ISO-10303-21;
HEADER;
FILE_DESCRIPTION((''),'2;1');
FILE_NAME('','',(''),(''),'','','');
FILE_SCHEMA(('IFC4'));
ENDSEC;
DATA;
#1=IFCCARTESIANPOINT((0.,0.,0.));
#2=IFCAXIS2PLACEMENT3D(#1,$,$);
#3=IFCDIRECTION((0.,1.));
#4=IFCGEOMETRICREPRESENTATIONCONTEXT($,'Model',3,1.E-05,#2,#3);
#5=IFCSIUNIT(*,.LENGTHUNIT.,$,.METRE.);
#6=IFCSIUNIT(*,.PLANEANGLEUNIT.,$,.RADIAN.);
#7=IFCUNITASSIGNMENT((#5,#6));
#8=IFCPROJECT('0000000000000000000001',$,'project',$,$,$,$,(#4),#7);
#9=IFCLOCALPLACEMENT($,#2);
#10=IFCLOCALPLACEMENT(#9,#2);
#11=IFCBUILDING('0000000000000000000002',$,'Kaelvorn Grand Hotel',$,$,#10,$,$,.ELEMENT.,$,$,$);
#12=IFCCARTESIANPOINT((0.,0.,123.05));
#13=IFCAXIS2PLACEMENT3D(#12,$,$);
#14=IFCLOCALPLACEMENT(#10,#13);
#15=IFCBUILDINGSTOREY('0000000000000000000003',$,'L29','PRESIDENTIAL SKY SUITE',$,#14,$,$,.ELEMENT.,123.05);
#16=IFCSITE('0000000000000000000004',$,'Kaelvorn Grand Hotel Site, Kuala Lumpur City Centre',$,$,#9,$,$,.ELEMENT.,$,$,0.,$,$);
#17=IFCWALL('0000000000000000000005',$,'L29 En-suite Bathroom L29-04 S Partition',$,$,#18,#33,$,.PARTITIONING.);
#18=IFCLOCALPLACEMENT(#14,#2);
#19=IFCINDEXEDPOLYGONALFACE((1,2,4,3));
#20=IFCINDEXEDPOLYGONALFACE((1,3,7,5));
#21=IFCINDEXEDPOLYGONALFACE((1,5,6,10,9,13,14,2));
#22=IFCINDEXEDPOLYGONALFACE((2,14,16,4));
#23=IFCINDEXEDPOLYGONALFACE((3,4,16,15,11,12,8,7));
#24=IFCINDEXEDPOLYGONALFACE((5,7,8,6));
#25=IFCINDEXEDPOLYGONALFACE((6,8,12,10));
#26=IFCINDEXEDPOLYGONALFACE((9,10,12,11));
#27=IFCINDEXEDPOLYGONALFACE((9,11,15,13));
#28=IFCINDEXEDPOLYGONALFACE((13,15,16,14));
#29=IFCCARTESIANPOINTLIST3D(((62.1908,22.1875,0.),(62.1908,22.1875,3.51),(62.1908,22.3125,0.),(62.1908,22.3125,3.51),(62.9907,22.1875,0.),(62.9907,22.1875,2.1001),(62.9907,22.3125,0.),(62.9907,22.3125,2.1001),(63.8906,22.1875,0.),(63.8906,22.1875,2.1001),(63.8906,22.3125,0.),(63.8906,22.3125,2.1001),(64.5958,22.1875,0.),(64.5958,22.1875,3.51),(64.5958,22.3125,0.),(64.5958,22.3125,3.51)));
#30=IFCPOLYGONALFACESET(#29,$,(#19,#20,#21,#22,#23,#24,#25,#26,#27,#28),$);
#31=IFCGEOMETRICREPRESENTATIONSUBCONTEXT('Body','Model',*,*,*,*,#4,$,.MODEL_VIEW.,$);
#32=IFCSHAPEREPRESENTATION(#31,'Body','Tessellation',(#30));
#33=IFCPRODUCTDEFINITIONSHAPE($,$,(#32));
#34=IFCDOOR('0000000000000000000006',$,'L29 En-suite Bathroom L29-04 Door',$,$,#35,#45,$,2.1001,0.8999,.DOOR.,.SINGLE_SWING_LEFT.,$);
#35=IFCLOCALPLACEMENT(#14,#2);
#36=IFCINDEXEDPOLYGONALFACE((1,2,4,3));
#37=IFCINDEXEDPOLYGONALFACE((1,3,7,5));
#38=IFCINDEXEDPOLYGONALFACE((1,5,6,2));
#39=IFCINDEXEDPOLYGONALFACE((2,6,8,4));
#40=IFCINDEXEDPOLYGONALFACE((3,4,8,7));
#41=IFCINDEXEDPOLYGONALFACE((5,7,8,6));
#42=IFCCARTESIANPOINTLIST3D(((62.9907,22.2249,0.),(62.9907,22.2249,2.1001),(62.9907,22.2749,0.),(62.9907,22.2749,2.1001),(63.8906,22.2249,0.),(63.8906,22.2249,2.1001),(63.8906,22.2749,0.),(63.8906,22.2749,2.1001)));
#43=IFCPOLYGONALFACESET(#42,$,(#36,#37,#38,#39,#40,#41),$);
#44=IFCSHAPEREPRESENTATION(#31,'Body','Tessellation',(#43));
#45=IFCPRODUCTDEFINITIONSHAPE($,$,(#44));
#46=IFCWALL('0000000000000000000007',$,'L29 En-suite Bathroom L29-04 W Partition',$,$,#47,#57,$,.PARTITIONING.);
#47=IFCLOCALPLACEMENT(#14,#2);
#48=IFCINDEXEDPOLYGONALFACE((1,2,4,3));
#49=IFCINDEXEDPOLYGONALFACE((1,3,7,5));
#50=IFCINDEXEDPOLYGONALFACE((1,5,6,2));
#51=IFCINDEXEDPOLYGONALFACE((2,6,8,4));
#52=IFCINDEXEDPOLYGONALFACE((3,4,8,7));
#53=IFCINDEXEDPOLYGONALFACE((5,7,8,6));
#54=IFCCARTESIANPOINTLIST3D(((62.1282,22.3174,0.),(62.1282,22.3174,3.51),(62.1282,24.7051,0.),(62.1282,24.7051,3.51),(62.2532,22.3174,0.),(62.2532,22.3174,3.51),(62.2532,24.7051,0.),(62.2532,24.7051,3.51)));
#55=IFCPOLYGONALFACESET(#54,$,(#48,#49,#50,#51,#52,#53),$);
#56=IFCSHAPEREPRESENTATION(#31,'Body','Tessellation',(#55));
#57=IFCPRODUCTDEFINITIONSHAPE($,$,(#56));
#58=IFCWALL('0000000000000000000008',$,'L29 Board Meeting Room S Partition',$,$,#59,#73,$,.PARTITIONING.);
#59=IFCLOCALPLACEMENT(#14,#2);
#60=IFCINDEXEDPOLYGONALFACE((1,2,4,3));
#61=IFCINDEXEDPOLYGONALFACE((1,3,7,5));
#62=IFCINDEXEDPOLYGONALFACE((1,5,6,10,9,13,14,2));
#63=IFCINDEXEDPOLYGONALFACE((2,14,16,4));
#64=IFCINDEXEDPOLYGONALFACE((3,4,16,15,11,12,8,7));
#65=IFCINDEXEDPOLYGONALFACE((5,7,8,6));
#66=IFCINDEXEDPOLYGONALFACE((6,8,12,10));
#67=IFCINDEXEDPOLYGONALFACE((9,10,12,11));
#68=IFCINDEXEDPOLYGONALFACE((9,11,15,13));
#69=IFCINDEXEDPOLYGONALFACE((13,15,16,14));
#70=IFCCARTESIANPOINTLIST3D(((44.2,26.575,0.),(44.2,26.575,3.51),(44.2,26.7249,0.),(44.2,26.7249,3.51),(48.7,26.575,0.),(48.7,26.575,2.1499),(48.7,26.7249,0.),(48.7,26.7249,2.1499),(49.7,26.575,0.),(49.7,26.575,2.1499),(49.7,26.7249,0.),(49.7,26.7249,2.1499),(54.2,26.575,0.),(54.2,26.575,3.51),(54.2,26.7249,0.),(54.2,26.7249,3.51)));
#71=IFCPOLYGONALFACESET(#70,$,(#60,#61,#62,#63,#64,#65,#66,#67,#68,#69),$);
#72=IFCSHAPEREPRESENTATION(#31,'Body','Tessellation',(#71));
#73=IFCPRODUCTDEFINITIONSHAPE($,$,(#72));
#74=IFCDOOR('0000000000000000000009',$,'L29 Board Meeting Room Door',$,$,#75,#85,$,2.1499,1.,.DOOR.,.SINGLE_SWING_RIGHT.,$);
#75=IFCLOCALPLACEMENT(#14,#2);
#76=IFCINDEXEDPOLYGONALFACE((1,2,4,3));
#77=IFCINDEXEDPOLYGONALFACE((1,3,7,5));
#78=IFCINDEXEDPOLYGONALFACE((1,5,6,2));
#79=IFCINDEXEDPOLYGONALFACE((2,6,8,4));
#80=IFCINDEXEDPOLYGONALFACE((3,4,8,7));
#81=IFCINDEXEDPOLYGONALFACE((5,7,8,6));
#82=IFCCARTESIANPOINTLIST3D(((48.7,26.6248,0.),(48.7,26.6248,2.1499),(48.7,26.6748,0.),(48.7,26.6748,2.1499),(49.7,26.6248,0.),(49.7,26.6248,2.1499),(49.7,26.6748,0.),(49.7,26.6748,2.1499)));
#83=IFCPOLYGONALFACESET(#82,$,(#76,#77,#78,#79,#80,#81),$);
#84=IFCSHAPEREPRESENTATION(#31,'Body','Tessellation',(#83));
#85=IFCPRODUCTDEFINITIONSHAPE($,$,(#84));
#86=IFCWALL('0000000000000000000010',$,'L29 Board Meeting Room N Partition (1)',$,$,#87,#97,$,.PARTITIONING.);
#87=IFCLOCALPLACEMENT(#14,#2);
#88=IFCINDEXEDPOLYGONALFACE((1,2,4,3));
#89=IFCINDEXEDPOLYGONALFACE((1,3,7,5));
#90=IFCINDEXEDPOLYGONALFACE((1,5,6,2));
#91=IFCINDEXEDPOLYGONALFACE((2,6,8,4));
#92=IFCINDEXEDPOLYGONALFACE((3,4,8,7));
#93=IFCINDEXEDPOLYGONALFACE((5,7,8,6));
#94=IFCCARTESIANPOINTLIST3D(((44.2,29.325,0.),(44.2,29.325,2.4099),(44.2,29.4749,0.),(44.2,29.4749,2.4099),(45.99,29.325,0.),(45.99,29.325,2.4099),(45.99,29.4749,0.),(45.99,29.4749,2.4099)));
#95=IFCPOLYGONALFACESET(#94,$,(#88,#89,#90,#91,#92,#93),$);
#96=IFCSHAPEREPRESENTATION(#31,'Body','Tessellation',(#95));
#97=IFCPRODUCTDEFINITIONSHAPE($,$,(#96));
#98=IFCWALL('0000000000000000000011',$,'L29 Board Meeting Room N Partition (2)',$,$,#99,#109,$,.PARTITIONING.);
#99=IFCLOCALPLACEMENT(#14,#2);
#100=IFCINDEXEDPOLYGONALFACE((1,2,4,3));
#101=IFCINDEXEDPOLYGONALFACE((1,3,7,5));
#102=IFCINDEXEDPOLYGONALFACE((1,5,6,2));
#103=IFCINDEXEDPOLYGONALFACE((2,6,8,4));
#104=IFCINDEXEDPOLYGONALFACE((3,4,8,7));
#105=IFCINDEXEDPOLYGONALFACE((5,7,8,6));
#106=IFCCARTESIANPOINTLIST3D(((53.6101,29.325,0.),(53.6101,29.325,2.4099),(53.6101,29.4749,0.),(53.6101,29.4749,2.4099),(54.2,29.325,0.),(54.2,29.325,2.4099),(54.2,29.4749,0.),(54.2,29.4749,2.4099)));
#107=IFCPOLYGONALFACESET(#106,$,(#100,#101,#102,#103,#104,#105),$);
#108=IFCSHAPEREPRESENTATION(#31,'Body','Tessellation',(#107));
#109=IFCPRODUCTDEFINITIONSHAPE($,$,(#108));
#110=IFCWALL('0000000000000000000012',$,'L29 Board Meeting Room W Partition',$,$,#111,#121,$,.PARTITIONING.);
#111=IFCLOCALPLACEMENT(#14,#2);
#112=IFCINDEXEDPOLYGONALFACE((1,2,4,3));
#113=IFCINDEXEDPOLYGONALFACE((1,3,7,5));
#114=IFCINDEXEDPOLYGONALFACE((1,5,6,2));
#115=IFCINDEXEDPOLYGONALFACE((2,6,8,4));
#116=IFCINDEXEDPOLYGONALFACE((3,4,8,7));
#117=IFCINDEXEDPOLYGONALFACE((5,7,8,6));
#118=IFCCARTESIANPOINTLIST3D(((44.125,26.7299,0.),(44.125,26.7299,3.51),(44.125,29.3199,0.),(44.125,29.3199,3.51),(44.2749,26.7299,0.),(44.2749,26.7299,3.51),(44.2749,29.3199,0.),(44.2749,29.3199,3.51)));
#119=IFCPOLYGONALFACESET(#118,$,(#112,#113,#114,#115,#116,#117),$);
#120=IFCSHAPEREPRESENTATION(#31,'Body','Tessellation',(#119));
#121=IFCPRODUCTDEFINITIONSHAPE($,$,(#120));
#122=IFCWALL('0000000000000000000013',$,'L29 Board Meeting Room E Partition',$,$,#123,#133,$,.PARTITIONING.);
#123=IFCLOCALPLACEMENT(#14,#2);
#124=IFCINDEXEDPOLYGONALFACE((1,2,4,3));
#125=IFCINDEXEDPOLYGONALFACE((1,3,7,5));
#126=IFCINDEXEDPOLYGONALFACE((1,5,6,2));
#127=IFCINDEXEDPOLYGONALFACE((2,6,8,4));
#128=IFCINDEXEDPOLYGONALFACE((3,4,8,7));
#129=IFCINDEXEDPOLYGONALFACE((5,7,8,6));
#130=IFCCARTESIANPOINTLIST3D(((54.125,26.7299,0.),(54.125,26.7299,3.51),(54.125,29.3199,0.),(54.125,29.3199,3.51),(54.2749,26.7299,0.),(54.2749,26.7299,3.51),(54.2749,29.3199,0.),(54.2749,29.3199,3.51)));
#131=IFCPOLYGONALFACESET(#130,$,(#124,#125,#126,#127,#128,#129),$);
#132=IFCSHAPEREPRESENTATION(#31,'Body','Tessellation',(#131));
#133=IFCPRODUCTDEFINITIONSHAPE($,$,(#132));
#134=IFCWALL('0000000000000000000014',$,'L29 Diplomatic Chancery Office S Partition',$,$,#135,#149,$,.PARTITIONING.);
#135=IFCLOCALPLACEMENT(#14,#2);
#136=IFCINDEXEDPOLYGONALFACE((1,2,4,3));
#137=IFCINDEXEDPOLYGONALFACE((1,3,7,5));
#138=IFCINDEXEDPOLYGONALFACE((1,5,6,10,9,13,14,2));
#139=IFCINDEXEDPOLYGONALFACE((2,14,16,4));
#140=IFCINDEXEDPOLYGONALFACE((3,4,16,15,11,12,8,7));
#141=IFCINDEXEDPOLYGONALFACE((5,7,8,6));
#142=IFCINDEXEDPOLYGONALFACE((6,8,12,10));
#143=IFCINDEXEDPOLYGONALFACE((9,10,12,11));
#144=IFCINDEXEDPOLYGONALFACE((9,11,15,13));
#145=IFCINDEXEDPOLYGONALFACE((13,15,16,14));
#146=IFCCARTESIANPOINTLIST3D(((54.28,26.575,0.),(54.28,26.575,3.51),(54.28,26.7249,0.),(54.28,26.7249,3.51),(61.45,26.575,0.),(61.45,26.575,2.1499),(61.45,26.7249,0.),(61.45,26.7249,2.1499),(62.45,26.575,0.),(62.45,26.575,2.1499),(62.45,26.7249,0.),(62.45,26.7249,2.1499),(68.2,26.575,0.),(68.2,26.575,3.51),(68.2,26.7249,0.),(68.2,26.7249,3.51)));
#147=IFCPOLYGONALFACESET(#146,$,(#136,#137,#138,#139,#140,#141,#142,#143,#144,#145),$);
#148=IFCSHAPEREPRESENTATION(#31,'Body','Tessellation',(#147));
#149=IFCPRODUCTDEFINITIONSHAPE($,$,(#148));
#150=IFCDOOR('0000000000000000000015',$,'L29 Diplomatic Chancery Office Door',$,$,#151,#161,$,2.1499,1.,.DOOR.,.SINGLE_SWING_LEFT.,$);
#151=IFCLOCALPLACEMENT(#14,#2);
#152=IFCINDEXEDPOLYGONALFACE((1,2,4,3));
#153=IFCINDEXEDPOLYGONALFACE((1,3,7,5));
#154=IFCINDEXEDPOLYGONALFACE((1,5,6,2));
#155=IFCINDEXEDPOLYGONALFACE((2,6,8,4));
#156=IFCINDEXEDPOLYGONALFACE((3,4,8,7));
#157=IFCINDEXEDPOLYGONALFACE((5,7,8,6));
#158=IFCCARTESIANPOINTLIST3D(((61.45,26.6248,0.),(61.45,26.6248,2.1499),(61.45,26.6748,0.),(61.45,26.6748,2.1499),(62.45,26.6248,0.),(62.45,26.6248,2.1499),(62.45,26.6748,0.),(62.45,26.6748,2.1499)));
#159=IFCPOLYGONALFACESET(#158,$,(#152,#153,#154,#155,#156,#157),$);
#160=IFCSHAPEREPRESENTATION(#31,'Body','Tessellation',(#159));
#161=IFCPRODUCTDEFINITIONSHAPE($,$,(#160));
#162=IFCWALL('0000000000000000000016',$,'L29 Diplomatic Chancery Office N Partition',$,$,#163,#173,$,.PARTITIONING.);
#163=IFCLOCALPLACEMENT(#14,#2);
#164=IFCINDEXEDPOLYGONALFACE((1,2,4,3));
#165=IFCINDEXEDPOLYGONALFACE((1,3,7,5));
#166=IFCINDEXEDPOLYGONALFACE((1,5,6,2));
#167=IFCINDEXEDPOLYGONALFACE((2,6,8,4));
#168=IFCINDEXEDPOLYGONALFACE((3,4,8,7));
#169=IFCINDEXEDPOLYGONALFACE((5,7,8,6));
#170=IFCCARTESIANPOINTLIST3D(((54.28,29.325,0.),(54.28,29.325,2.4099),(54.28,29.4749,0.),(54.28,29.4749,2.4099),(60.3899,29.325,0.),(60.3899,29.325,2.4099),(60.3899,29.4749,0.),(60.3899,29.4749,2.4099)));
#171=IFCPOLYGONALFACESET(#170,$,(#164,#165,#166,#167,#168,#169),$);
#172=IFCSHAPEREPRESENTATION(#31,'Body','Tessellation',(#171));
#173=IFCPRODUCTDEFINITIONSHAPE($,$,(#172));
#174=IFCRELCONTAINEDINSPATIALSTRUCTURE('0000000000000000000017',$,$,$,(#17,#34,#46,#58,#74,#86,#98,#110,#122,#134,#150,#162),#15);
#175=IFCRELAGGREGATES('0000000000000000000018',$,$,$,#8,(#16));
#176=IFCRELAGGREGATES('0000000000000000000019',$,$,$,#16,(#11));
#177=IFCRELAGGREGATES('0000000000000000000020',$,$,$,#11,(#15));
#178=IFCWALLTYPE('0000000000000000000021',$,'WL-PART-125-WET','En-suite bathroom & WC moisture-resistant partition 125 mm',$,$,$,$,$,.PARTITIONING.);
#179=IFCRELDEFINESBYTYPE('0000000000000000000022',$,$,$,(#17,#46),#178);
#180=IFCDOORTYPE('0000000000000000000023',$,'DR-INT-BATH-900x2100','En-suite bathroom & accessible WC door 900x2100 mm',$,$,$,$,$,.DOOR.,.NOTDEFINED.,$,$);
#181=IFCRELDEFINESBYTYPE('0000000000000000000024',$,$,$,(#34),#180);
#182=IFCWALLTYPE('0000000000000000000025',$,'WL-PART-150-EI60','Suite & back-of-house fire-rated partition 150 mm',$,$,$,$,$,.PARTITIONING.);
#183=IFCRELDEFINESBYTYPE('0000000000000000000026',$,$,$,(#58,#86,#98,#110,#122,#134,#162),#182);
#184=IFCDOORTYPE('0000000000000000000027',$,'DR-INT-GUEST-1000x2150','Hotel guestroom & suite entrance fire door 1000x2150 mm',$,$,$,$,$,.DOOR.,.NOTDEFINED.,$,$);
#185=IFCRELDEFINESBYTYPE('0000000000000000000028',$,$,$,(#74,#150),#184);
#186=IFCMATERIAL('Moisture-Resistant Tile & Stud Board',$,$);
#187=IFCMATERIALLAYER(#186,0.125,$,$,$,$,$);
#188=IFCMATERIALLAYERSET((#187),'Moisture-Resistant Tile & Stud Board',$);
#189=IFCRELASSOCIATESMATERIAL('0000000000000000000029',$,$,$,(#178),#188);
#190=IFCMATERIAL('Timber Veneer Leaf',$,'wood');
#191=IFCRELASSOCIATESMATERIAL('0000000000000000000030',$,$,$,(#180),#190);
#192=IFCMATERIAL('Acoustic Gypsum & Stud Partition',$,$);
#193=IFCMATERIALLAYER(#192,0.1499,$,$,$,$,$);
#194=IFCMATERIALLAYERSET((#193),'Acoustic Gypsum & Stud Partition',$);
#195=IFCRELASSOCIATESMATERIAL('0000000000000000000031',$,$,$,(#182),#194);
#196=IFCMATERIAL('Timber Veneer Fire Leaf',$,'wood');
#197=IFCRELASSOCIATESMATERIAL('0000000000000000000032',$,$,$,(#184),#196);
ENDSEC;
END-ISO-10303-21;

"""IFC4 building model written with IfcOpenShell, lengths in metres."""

from ifc_helpers import new_model, si_unit, direction, frame, frame_2d, origin, place, context, subcontext, project, spatial, rectangle, extrude, material, layer, layer_set, type_object, element, fill, save


model = new_model("IFC4")

# Units and contexts
model_context = context("Model", 3, precision=1e-05, world=origin(), true_north=direction((0.0, 1.0)))
body_context = subcontext(model_context, "Body", "Model", "MODEL_VIEW")
ifc_project = project(units=[si_unit("LENGTHUNIT", "METRE"), si_unit("PLANEANGLEUNIT", "RADIAN")], contexts=[model_context])

# Site, building, storey
site_placement = place(None, origin())
site = spatial("IfcSite", under=ifc_project, at=site_placement, Name="Kaelvorn Grand Hotel Site, Kuala Lumpur City Centre", CompositionType="ELEMENT", RefElevation=0.0)
building_placement = place(site_placement, origin())
building = spatial("IfcBuilding", under=site, at=building_placement, Name="Kaelvorn Grand Hotel", CompositionType="ELEMENT")
storey_placement = place(building_placement, frame((0.0, 0.0, 123.05)))
storey = spatial("IfcBuildingStorey", under=building, at=storey_placement, Name="L29", Description="PRESIDENTIAL SKY SUITE", CompositionType="ELEMENT", Elevation=123.05)

# Shared definitions
ifc_material_1 = material(Name="Moisture-Resistant Tile & Stud Board")
ifc_layer_1 = layer(ifc_material_1, 0.125)
ifc_layer_set_1 = layer_set([ifc_layer_1], Name="Moisture-Resistant Tile & Stud Board")
wall_type_1 = type_object("IfcWallType", Name="WL-PART-125-WET", Description="En-suite bathroom & WC moisture-resistant partition 125 mm", PredefinedType="PARTITIONING", material=ifc_layer_set_1)
ifc_material_2 = material(Name="Timber Veneer Leaf", Category="wood")
door_type_1 = type_object("IfcDoorType", Name="DR-INT-BATH-900x2100", Description="En-suite bathroom & accessible WC door 900x2100 mm", OperationType="NOTDEFINED", PredefinedType="DOOR", material=ifc_material_2)

# Wall, opening, door
wall_1_placement = place(storey_placement, frame((62.1907, 22.25, 0.0), z_axis=(0.0, 0.0, 1.0), x_axis=(1.0, 0.0, 0.0)))
wall_1 = element("IfcWall", 1, at=wall_1_placement, inside=storey, type_object=wall_type_1, Name="L29 En-suite Bathroom L29-04 S Partition", PredefinedType="PARTITIONING", context=body_context, shape_type="SweptSolid", body=[
    extrude(rectangle(XDim=2.405, YDim=0.125, at=frame_2d((1.2026, 0.0))), origin(), (0.0, 0.0, 1.0), 3.51),
])
opening_1_placement = place(wall_1_placement, frame((0.8, 0.0, 0.0)))
opening_1 = element("IfcOpeningElement", 2, at=opening_1_placement, cuts=wall_1, PredefinedType="OPENING", context=body_context, shape_type="SweptSolid", body=[
    extrude(rectangle(XDim=0.8999, YDim=2.1001, at=frame_2d((0.45, 1.05))), frame((0.0, 0.0725, 0.0), z_axis=(0.0, -1.0, 0.0), x_axis=(1.0, 0.0, 0.0)), (0.0, 0.0, 1.0), 0.145),
])
door_1_placement = place(opening_1_placement, origin())
door_1 = element("IfcDoor", 3, at=door_1_placement, inside=storey, type_object=door_type_1, Name="L29 En-suite Bathroom L29-04 Door", OperationType="SINGLE_SWING_LEFT", OverallHeight=2.1001, OverallWidth=0.8999, PredefinedType="DOOR", context=body_context, shape_type="SweptSolid", body=[
    extrude(rectangle(XDim=0.8999, YDim=2.1001, at=frame_2d((0.45, 1.05))), frame((0.0, 0.0249, 0.0), z_axis=(0.0, -1.0, 0.0), x_axis=(1.0, 0.0, 0.0)), (0.0, 0.0, 1.0), 0.05),
])
fill(opening_1, door_1)

# Wall
wall_2_placement = place(storey_placement, frame((62.1907, 22.3174, 0.0), z_axis=(0.0, 0.0, 1.0), x_axis=(0.0, 1.0, 0.0)))
element("IfcWall", 4, at=wall_2_placement, inside=storey, type_object=wall_type_1, Name="L29 En-suite Bathroom L29-04 W Partition", PredefinedType="PARTITIONING", context=body_context, shape_type="SweptSolid", body=[
    extrude(rectangle(XDim=2.3877, YDim=0.125, at=frame_2d((1.1938, 0.0))), origin(), (0.0, 0.0, 1.0), 3.51),
])

# Wall, opening, door
ifc_material_3 = material(Name="Acoustic Gypsum & Stud Partition")
ifc_layer_2 = layer(ifc_material_3, 0.1499)
ifc_layer_set_2 = layer_set([ifc_layer_2], Name="Acoustic Gypsum & Stud Partition")
wall_type_2 = type_object("IfcWallType", Name="WL-PART-150-EI60", Description="Suite & back-of-house fire-rated partition 150 mm", PredefinedType="PARTITIONING", material=ifc_layer_set_2)
wall_3_placement = place(storey_placement, frame((44.2, 26.6499, 0.0), z_axis=(0.0, 0.0, 1.0), x_axis=(1.0, 0.0, 0.0)))
wall_3 = element("IfcWall", 5, at=wall_3_placement, inside=storey, type_object=wall_type_2, Name="L29 Board Meeting Room S Partition", PredefinedType="PARTITIONING", context=body_context, shape_type="SweptSolid", body=[
    extrude(rectangle(XDim=10.0, YDim=0.1499, at=frame_2d((5.0, 0.0))), origin(), (0.0, 0.0, 1.0), 3.51),
])
opening_2_placement = place(wall_3_placement, frame((4.5, 0.0, 0.0)))
opening_2 = element("IfcOpeningElement", 6, at=opening_2_placement, cuts=wall_3, PredefinedType="OPENING", context=body_context, shape_type="SweptSolid", body=[
    extrude(rectangle(XDim=1.0, YDim=2.1499, at=frame_2d((0.5, 1.075))), frame((0.0, 0.085, 0.0), z_axis=(0.0, -1.0, 0.0), x_axis=(1.0, 0.0, 0.0)), (0.0, 0.0, 1.0), 0.1699),
])
ifc_material_4 = material(Name="Timber Veneer Fire Leaf", Category="wood")
door_type_2 = type_object("IfcDoorType", Name="DR-INT-GUEST-1000x2150", Description="Hotel guestroom & suite entrance fire door 1000x2150 mm", OperationType="NOTDEFINED", PredefinedType="DOOR", material=ifc_material_4)
door_2_placement = place(opening_2_placement, origin())
door_2 = element("IfcDoor", 7, at=door_2_placement, inside=storey, type_object=door_type_2, Name="L29 Board Meeting Room Door", OperationType="SINGLE_SWING_RIGHT", OverallHeight=2.1499, OverallWidth=1.0, PredefinedType="DOOR", context=body_context, shape_type="SweptSolid", body=[
    extrude(rectangle(XDim=1.0, YDim=2.1499, at=frame_2d((0.5, 1.075))), frame((0.0, 0.0249, 0.0), z_axis=(0.0, -1.0, 0.0), x_axis=(1.0, 0.0, 0.0)), (0.0, 0.0, 1.0), 0.05),
])
fill(opening_2, door_2)

# Walls
wall_4_placement = place(storey_placement, frame((44.2, 29.3999, 0.0), z_axis=(0.0, 0.0, 1.0), x_axis=(1.0, 0.0, 0.0)))
element("IfcWall", 8, at=wall_4_placement, inside=storey, type_object=wall_type_2, Name="L29 Board Meeting Room N Partition (1)", PredefinedType="PARTITIONING", context=body_context, shape_type="SweptSolid", body=[
    extrude(rectangle(XDim=1.79, YDim=0.1499, at=frame_2d((0.895, 0.0))), origin(), (0.0, 0.0, 1.0), 2.4099),
])
wall_5_placement = place(storey_placement, frame((53.6101, 29.3999, 0.0), z_axis=(0.0, 0.0, 1.0), x_axis=(1.0, 0.0, 0.0)))
element("IfcWall", 9, at=wall_5_placement, inside=storey, type_object=wall_type_2, Name="L29 Board Meeting Room N Partition (2)", PredefinedType="PARTITIONING", context=body_context, shape_type="SweptSolid", body=[
    extrude(rectangle(XDim=0.5898, YDim=0.1499, at=frame_2d((0.2949, 0.0))), origin(), (0.0, 0.0, 1.0), 2.4099),
])
for number, where, z_axis, x_axis, name in (
    (10, (44.2, 26.73, 0.0), (0.0, 0.0, 1.0), (0.0, 1.0, 0.0), "L29 Board Meeting Room W Partition"),
    (11, (54.2, 26.73, 0.0), (0.0, 0.0, 1.0), (0.0, 1.0, 0.0), "L29 Board Meeting Room E Partition"),
):
    element("IfcWall", number, at=place(storey_placement, frame(where, z_axis=z_axis, x_axis=x_axis)), inside=storey, type_object=wall_type_2, Name=name, PredefinedType="PARTITIONING", context=body_context, shape_type="SweptSolid", body=[
        extrude(rectangle(XDim=2.5901, YDim=0.1499, at=frame_2d((1.2949, 0.0))), origin(), (0.0, 0.0, 1.0), 3.51),
    ])

# Wall, opening, door
wall_6_placement = place(storey_placement, frame((54.28, 26.6499, 0.0), z_axis=(0.0, 0.0, 1.0), x_axis=(1.0, 0.0, 0.0)))
wall_6 = element("IfcWall", 12, at=wall_6_placement, inside=storey, type_object=wall_type_2, Name="L29 Diplomatic Chancery Office S Partition", PredefinedType="PARTITIONING", context=body_context, shape_type="SweptSolid", body=[
    extrude(rectangle(XDim=13.9199, YDim=0.1499, at=frame_2d((6.96, 0.0))), origin(), (0.0, 0.0, 1.0), 3.51),
])
opening_3_placement = place(wall_6_placement, frame((7.1699, 0.0, 0.0)))
opening_3 = element("IfcOpeningElement", 13, at=opening_3_placement, cuts=wall_6, PredefinedType="OPENING", context=body_context, shape_type="SweptSolid", body=[
    extrude(rectangle(XDim=1.0, YDim=2.1499, at=frame_2d((0.5, 1.075))), frame((0.0, 0.085, 0.0), z_axis=(0.0, -1.0, 0.0), x_axis=(1.0, 0.0, 0.0)), (0.0, 0.0, 1.0), 0.1699),
])
door_3_placement = place(opening_3_placement, origin())
door_3 = element("IfcDoor", 14, at=door_3_placement, inside=storey, type_object=door_type_2, Name="L29 Diplomatic Chancery Office Door", OperationType="SINGLE_SWING_LEFT", OverallHeight=2.1499, OverallWidth=1.0, PredefinedType="DOOR", context=body_context, shape_type="SweptSolid", body=[
    extrude(rectangle(XDim=1.0, YDim=2.1499, at=frame_2d((0.5, 1.075))), frame((0.0, 0.0249, 0.0), z_axis=(0.0, -1.0, 0.0), x_axis=(1.0, 0.0, 0.0)), (0.0, 0.0, 1.0), 0.05),
])
fill(opening_3, door_3)

# Wall
wall_7_placement = place(storey_placement, frame((54.28, 29.3999, 0.0), z_axis=(0.0, 0.0, 1.0), x_axis=(1.0, 0.0, 0.0)))
element("IfcWall", 15, at=wall_7_placement, inside=storey, type_object=wall_type_2, Name="L29 Diplomatic Chancery Office N Partition", PredefinedType="PARTITIONING", context=body_context, shape_type="SweptSolid", body=[
    extrude(rectangle(XDim=6.1099, YDim=0.1499, at=frame_2d((3.0549, 0.0))), origin(), (0.0, 0.0, 1.0), 2.4099),
])

save(model, "model.ifc")
